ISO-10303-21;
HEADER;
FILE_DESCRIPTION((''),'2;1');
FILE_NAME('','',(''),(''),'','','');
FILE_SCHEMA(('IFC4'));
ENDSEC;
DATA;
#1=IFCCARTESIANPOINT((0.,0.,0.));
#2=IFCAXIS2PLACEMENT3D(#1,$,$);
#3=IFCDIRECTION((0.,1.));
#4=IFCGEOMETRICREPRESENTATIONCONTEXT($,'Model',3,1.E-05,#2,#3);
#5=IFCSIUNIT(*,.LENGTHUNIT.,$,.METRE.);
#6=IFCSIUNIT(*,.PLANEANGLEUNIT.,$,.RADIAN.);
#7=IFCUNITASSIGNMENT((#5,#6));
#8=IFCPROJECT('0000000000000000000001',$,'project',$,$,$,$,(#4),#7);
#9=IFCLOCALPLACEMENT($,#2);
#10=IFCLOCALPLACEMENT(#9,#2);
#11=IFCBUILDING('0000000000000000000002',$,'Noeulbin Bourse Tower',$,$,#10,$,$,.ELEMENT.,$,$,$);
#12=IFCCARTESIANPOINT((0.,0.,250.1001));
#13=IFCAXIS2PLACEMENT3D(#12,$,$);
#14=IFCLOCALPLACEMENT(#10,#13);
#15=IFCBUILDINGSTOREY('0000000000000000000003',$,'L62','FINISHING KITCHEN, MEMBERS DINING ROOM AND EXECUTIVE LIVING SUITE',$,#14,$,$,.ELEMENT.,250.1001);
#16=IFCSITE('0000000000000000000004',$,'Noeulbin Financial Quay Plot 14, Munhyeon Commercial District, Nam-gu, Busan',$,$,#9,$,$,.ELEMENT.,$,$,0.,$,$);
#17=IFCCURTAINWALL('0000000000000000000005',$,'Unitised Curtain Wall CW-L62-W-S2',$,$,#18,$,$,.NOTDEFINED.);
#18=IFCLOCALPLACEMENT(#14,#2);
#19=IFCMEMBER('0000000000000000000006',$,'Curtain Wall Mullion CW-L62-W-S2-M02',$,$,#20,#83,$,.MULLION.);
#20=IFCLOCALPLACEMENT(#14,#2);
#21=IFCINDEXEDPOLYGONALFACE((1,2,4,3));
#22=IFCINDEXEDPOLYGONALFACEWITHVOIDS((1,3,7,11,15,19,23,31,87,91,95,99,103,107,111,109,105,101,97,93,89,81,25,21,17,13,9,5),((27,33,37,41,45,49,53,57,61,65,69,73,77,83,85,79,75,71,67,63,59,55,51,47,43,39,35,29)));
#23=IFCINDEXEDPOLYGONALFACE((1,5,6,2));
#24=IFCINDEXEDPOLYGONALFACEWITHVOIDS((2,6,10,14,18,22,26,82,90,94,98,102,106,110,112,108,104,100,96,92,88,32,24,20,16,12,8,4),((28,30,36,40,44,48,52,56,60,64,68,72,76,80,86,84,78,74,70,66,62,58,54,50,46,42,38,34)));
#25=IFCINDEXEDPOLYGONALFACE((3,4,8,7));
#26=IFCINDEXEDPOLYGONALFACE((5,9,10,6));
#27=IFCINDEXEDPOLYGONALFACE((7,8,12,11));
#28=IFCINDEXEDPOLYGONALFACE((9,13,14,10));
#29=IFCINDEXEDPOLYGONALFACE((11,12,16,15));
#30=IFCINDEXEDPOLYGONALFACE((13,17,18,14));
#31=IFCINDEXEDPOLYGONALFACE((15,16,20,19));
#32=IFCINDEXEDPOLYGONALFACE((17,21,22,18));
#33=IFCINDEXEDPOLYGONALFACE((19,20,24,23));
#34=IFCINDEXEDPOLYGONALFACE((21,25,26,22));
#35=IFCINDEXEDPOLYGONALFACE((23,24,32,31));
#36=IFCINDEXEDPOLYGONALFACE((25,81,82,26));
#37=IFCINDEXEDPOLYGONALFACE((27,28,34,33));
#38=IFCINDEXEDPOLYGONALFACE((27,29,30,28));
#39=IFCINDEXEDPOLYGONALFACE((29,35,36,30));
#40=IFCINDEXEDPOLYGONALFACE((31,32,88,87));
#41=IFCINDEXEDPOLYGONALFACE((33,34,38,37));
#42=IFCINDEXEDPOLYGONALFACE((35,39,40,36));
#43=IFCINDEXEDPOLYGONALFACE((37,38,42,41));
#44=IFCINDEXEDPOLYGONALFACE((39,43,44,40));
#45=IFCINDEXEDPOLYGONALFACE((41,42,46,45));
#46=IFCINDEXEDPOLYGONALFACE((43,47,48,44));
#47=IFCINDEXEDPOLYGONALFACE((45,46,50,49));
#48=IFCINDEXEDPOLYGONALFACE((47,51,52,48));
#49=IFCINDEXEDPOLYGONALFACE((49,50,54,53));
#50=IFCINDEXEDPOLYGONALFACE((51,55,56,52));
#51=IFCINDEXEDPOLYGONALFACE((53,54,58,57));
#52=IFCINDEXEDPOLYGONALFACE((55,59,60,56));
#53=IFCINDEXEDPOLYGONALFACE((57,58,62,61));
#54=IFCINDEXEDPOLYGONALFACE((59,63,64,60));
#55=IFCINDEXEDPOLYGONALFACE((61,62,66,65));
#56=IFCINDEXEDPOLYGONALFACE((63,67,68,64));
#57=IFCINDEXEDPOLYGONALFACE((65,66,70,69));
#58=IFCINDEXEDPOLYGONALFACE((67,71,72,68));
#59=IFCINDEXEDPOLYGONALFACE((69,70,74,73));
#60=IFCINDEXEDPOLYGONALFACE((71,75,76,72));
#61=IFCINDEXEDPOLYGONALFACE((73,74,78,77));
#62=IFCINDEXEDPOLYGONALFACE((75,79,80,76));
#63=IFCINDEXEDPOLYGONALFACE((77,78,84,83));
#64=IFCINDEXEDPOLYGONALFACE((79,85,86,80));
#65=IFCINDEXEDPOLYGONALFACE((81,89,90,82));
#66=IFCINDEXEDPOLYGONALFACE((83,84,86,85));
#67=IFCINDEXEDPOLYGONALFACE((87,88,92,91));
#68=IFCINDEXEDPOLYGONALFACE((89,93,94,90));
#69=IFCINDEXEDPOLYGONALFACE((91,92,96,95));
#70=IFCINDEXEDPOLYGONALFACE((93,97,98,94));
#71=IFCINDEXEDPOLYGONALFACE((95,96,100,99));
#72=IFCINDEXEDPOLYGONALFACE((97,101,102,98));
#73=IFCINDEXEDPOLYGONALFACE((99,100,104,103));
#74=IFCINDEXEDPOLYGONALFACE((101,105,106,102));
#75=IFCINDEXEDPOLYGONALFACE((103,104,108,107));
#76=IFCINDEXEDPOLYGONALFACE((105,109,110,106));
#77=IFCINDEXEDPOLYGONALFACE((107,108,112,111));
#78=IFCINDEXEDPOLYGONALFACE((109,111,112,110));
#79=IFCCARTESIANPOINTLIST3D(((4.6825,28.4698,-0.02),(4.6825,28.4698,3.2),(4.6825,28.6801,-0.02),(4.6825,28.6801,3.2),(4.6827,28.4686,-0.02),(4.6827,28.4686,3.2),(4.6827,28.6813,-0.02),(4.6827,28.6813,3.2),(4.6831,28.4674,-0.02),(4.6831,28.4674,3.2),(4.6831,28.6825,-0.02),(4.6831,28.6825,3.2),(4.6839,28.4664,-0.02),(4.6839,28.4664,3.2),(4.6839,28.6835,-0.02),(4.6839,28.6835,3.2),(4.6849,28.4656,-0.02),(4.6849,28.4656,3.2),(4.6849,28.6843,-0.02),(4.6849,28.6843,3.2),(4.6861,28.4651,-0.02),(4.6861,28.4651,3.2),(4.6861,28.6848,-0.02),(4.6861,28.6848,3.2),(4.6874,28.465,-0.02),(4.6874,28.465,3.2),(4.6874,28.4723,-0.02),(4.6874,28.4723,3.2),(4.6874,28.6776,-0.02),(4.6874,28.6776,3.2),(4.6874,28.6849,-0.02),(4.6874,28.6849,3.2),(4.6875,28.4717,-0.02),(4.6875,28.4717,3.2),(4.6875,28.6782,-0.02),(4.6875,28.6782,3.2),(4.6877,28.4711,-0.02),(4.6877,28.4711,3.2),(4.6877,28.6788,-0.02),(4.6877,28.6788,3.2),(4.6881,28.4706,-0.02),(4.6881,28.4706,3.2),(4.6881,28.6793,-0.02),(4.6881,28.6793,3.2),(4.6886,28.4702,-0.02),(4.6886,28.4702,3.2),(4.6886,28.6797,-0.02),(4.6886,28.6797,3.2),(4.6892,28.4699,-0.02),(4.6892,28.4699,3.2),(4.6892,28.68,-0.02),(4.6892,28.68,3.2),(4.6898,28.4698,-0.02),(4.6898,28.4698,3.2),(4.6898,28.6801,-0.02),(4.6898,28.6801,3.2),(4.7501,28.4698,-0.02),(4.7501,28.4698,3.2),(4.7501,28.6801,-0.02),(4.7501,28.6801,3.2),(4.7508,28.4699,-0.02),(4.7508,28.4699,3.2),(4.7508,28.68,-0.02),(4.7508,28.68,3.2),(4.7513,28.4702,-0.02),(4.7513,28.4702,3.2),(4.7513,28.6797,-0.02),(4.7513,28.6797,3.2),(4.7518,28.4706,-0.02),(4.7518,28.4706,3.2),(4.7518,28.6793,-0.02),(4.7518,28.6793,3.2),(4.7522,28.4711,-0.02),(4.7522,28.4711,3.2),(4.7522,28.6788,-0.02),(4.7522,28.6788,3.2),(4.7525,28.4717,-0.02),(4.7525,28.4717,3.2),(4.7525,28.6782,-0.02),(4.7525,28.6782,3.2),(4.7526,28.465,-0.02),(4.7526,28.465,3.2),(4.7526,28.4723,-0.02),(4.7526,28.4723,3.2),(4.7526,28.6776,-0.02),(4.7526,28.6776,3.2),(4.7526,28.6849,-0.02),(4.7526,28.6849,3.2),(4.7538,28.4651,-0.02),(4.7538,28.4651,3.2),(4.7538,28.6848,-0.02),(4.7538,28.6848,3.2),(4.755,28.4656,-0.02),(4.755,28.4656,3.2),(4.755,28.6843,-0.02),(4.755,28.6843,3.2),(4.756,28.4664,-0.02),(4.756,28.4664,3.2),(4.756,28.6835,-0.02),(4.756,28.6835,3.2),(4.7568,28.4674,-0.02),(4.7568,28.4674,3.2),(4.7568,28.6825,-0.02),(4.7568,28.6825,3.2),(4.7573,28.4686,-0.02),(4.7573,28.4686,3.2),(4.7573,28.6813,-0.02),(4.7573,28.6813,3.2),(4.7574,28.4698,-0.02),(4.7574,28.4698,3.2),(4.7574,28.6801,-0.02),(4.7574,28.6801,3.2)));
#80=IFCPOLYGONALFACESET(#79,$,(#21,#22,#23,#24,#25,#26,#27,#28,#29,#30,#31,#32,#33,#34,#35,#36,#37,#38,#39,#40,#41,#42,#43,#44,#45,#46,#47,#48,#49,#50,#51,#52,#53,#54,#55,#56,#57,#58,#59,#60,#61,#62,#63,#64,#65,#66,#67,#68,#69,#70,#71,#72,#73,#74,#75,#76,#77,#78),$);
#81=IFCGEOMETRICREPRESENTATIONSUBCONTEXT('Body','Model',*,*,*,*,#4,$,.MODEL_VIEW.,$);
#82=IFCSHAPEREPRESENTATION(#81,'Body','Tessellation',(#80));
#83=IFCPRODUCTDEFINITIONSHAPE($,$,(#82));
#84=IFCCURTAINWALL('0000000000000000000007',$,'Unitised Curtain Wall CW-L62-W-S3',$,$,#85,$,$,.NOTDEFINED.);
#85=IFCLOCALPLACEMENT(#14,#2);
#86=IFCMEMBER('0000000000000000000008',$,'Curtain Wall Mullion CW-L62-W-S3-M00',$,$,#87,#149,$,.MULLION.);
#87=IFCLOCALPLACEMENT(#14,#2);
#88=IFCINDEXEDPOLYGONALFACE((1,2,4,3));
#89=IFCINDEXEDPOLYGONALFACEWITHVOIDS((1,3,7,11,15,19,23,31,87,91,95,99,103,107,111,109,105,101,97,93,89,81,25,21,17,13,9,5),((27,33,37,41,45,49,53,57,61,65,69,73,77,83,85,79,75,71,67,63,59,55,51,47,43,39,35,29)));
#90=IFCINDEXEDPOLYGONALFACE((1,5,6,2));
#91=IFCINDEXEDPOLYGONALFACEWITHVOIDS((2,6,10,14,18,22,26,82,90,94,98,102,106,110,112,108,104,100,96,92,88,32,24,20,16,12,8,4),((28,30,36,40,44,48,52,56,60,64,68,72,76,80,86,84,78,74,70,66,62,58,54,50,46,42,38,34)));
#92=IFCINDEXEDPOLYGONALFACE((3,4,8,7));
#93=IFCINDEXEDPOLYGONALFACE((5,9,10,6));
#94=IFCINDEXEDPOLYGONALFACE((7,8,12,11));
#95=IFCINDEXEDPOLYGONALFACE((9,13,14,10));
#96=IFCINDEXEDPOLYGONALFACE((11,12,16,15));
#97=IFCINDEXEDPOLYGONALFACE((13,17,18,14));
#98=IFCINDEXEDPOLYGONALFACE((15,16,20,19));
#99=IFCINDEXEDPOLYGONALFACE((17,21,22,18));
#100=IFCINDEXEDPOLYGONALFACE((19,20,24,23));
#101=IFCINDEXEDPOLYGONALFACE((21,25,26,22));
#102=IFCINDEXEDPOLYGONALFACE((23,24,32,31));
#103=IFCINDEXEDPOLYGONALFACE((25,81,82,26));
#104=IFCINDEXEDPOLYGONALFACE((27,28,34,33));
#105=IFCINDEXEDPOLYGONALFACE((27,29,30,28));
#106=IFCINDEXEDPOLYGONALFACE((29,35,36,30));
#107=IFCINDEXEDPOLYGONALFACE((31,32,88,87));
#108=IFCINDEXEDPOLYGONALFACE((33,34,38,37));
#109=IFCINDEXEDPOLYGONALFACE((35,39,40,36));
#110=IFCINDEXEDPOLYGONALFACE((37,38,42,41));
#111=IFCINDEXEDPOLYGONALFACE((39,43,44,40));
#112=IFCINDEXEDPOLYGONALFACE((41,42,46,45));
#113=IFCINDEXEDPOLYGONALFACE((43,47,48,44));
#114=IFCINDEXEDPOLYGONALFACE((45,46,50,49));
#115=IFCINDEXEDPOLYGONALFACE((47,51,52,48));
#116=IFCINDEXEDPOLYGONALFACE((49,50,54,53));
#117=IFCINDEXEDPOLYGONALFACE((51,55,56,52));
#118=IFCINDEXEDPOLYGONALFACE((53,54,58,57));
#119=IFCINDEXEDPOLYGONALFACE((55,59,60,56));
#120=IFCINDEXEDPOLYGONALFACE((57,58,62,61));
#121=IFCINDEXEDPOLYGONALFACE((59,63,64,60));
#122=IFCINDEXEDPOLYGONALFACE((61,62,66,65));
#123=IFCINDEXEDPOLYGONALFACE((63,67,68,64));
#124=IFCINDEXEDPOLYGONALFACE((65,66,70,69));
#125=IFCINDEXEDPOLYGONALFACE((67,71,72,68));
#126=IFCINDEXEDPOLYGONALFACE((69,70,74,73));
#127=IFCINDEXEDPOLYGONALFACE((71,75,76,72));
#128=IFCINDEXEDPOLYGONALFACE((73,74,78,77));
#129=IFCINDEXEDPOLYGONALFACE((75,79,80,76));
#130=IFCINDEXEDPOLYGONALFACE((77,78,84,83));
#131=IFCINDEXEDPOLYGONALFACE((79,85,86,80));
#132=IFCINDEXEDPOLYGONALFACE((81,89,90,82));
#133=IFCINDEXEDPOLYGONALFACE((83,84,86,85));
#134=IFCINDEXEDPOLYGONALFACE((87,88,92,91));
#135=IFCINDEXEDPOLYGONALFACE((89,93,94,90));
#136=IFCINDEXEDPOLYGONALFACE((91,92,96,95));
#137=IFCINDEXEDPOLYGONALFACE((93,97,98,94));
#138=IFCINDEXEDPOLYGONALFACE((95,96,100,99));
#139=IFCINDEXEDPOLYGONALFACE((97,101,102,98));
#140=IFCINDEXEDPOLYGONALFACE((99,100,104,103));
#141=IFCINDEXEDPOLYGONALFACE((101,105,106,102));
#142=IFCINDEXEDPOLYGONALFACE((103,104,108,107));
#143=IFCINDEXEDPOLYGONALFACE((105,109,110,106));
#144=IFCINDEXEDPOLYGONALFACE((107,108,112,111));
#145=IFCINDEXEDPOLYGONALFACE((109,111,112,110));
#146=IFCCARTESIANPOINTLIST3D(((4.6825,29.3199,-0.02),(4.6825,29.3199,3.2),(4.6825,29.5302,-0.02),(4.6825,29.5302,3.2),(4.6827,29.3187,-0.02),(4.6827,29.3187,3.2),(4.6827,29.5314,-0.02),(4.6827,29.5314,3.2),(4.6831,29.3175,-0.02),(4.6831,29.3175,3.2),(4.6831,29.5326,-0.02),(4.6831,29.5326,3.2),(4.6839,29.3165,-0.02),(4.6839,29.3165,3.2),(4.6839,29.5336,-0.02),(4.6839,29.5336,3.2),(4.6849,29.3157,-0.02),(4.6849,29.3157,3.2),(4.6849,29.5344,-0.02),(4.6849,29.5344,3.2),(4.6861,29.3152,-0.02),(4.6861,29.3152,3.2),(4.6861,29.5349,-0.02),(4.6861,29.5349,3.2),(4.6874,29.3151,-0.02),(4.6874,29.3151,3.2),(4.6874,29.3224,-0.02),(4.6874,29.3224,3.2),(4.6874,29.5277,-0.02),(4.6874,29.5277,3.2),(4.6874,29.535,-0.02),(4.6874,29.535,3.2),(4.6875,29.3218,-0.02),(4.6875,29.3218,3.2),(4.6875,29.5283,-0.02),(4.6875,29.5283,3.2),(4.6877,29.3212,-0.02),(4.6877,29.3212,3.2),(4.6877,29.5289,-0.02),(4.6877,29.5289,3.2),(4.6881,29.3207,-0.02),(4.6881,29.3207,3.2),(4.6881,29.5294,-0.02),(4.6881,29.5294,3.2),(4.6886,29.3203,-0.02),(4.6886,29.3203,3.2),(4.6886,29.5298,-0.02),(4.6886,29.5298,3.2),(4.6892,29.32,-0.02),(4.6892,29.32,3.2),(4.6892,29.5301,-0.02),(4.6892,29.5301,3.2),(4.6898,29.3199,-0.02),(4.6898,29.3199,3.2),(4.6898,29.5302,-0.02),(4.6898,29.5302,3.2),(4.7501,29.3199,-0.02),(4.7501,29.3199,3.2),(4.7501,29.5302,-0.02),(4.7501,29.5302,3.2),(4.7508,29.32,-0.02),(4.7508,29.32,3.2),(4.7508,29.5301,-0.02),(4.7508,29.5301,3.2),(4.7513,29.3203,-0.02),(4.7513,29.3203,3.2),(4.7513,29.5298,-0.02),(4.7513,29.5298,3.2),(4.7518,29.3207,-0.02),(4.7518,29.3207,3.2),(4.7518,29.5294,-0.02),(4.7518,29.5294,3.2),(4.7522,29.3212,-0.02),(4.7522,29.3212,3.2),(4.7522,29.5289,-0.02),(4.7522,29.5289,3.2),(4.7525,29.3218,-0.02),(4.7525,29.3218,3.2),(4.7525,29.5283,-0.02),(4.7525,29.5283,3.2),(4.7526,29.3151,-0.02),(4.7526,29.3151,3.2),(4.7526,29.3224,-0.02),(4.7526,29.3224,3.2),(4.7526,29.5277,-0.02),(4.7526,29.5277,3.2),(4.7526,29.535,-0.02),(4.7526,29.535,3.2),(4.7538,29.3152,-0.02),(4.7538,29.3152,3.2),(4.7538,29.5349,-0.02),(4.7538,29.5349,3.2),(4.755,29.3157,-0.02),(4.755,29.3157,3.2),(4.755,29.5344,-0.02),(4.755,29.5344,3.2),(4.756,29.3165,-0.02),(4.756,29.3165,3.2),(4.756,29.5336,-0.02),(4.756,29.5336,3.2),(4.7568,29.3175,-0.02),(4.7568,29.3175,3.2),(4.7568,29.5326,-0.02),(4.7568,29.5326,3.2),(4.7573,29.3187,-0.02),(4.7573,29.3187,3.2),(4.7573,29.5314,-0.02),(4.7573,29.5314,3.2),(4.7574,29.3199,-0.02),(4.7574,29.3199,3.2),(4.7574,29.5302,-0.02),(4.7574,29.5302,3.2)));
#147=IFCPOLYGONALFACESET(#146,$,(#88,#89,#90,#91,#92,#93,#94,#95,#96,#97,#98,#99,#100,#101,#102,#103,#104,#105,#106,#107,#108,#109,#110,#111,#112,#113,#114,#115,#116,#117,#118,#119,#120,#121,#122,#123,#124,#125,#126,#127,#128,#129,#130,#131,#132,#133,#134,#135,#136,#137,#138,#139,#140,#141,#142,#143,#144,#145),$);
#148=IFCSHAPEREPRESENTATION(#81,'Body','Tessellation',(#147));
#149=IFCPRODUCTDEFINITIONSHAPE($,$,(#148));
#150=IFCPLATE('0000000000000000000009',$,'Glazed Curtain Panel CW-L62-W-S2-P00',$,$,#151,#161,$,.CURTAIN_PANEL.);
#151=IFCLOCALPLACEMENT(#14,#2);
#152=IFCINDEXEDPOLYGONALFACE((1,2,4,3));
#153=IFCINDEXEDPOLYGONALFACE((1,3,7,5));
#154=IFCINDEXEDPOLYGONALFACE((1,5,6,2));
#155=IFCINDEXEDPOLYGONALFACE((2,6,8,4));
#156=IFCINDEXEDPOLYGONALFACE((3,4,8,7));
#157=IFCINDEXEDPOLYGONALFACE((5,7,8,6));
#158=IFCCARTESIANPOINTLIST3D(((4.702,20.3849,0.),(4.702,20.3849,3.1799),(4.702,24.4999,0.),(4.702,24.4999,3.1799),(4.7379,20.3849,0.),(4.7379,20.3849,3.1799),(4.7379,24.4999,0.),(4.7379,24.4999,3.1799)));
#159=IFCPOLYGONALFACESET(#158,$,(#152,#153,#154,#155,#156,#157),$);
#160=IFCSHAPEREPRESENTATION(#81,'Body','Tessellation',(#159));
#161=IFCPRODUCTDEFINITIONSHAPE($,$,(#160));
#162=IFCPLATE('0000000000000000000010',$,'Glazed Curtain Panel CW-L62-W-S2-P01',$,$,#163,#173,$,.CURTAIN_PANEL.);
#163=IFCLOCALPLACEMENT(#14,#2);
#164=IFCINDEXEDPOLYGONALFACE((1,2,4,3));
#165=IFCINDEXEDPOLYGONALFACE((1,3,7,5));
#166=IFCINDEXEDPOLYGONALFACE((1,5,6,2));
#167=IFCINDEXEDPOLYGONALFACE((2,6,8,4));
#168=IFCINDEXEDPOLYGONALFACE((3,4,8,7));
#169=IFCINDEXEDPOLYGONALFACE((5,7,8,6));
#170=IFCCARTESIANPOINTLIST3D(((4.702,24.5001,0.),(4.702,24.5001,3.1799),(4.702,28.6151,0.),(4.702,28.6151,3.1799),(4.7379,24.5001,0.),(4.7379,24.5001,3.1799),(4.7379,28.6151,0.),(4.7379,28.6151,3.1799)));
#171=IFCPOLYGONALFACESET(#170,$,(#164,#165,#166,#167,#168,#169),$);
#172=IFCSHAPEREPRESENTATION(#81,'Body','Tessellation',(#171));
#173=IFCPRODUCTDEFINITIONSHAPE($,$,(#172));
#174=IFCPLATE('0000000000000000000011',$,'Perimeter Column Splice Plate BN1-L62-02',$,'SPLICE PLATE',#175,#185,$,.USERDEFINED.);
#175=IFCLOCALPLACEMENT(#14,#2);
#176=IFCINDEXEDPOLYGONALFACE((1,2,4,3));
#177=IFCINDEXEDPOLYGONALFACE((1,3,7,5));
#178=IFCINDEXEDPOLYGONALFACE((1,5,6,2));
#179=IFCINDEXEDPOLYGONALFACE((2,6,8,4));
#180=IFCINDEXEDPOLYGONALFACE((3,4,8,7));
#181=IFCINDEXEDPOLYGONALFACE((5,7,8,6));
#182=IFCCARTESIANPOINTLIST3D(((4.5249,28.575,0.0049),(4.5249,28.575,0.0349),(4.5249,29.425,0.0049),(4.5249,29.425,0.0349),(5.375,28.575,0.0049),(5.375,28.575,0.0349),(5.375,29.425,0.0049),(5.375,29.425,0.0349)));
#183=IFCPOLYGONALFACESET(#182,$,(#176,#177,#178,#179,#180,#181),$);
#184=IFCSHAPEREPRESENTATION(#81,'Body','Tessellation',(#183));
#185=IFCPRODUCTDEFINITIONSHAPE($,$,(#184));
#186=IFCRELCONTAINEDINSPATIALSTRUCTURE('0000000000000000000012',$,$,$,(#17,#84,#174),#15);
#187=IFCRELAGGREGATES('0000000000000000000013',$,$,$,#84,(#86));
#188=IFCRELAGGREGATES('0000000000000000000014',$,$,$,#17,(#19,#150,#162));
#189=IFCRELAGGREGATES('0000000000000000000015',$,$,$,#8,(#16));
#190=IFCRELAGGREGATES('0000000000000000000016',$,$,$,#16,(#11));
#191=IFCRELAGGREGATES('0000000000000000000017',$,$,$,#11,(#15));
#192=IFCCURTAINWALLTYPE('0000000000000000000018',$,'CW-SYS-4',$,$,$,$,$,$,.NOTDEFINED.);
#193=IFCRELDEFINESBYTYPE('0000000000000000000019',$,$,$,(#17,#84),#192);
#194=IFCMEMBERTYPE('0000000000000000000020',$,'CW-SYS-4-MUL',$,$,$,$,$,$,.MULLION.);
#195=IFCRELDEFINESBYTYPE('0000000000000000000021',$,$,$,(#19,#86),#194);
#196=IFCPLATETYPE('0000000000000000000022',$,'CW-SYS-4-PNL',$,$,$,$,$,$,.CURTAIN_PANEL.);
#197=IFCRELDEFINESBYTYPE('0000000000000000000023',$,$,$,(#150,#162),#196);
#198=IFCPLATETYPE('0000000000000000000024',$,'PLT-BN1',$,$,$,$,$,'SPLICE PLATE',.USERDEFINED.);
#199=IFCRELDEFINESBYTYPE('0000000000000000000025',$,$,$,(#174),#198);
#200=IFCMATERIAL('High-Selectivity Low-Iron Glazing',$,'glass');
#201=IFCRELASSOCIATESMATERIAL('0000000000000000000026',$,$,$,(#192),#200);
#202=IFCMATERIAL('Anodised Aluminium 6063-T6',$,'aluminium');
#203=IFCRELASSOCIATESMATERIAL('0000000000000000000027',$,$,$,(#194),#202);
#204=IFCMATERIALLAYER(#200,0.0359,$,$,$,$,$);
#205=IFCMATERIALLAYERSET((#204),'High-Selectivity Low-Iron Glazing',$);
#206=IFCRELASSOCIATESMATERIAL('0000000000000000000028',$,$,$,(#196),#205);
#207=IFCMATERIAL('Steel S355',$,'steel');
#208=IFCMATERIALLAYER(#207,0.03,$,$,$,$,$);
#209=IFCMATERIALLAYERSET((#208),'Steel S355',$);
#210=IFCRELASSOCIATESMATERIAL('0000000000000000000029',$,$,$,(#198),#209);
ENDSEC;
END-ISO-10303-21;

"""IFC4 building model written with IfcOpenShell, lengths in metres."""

from ifc_helpers import new_model, si_unit, direction, frame, origin, origin_2d, place, context, subcontext, project, spatial, rectangle, hollow_rectangle, extrude, material, layer, layer_set, material_profile, profile_set, type_object, element, aggregate, save


model = new_model("IFC4")

# Units and contexts
model_context = context("Model", 3, precision=1e-05, world=origin(), true_north=direction((0.0, 1.0)))
body_context = subcontext(model_context, "Body", "Model", "MODEL_VIEW")
ifc_project = project(units=[si_unit("LENGTHUNIT", "METRE"), si_unit("PLANEANGLEUNIT", "RADIAN")], contexts=[model_context])

# Site, building, storey
site_placement = place(None, origin())
site = spatial("IfcSite", under=ifc_project, at=site_placement, Name="Noeulbin Financial Quay Plot 14, Munhyeon Commercial District, Nam-gu, Busan", CompositionType="ELEMENT", RefElevation=0.0)
building_placement = place(site_placement, origin())
building = spatial("IfcBuilding", under=site, at=building_placement, Name="Noeulbin Bourse Tower", CompositionType="ELEMENT")
storey_placement = place(building_placement, frame((0.0, 0.0, 250.1001)))
storey = spatial("IfcBuildingStorey", under=building, at=storey_placement, Name="L62", Description="FINISHING KITCHEN, MEMBERS DINING ROOM AND EXECUTIVE LIVING SUITE", CompositionType="ELEMENT", Elevation=250.1001)

# Shared definitions
ifc_material_1 = material(Name="Steel S355", Category="steel")

# Curtain wall, member
ifc_material_2 = material(Name="High-Selectivity Low-Iron Glazing", Category="glass")
curtain_wall_type = type_object("IfcCurtainWallType", Name="CW-SYS-4", PredefinedType="NOTDEFINED", material=ifc_material_2)
curtain_wall_1_placement = place(storey_placement, origin())
curtain_wall_1 = element("IfcCurtainWall", 1, at=curtain_wall_1_placement, inside=storey, type_object=curtain_wall_type, Name="Unitised Curtain Wall CW-L62-W-S2", PredefinedType="NOTDEFINED")
ifc_material_3 = material(Name="Anodised Aluminium 6063-T6", Category="aluminium")
ifc_material_profile_1 = material_profile(ifc_material_3, hollow_rectangle(XDim=0.075, YDim=0.22, WallThickness=0.0049, InnerFilletRadius=0.0024, OuterFilletRadius=0.0049, at=origin_2d()), Name="ALU-MULL-75x220x5", Category="LoadBearing")
ifc_profile_set_1 = profile_set([ifc_material_profile_1], Name="Anodised Aluminium 6063-T6")
member_type = type_object("IfcMemberType", Name="CW-SYS-4-MUL", PredefinedType="MULLION", material=ifc_profile_set_1)
member_1_placement = place(storey_placement, frame((4.72, 28.575, -0.02), z_axis=(0.0, 0.0, 1.0), x_axis=(1.0, 0.0, 0.0)))
member_1 = element("IfcMember", 2, at=member_1_placement, type_object=member_type, Name="Curtain Wall Mullion CW-L62-W-S2-M02", PredefinedType="MULLION", context=body_context, shape_type="SweptSolid", body=[
    extrude(hollow_rectangle(XDim=0.075, YDim=0.22, WallThickness=0.0049, InnerFilletRadius=0.0024, OuterFilletRadius=0.0049, at=origin_2d()), origin(), (0.0, 0.0, 1.0), 3.22),
])

# Curtain wall, member
curtain_wall_2_placement = place(storey_placement, origin())
curtain_wall_2 = element("IfcCurtainWall", 3, at=curtain_wall_2_placement, inside=storey, type_object=curtain_wall_type, Name="Unitised Curtain Wall CW-L62-W-S3", PredefinedType="NOTDEFINED")
member_2_placement = place(storey_placement, frame((4.72, 29.425, -0.02), z_axis=(0.0, 0.0, 1.0), x_axis=(1.0, 0.0, 0.0)))
member_2 = element("IfcMember", 4, at=member_2_placement, type_object=member_type, Name="Curtain Wall Mullion CW-L62-W-S3-M00", PredefinedType="MULLION", context=body_context, shape_type="SweptSolid", body=[
    extrude(hollow_rectangle(XDim=0.075, YDim=0.22, WallThickness=0.0049, InnerFilletRadius=0.0024, OuterFilletRadius=0.0049, at=origin_2d()), origin(), (0.0, 0.0, 1.0), 3.22),
])
aggregate(curtain_wall_2, [member_2])

# Plates
ifc_layer_1 = layer(ifc_material_2, 0.0359)
ifc_layer_set_1 = layer_set([ifc_layer_1], Name="High-Selectivity Low-Iron Glazing")
plate_type_1 = type_object("IfcPlateType", Name="CW-SYS-4-PNL", PredefinedType="CURTAIN_PANEL", material=ifc_layer_set_1)
plate_1_placement = place(storey_placement, frame((4.72, 22.4424, 0.0), z_axis=(0.0, 0.0, 1.0), x_axis=(0.0, 1.0, 0.0)))
plate_1 = element("IfcPlate", 5, at=plate_1_placement, type_object=plate_type_1, Name="Glazed Curtain Panel CW-L62-W-S2-P00", PredefinedType="CURTAIN_PANEL", context=body_context, shape_type="SweptSolid", body=[
    extrude(rectangle(XDim=4.115, YDim=0.0359, at=origin_2d()), origin(), (0.0, 0.0, 1.0), 3.1799),
])
plate_2_placement = place(storey_placement, frame((4.72, 26.5576, 0.0), z_axis=(0.0, 0.0, 1.0), x_axis=(0.0, 1.0, 0.0)))
plate_2 = element("IfcPlate", 6, at=plate_2_placement, type_object=plate_type_1, Name="Glazed Curtain Panel CW-L62-W-S2-P01", PredefinedType="CURTAIN_PANEL", context=body_context, shape_type="SweptSolid", body=[
    extrude(rectangle(XDim=4.115, YDim=0.0359, at=origin_2d()), origin(), (0.0, 0.0, 1.0), 3.1799),
])
aggregate(curtain_wall_1, [member_1, plate_1, plate_2])
ifc_layer_2 = layer(ifc_material_1, 0.03)
ifc_layer_set_2 = layer_set([ifc_layer_2], Name="Steel S355")
plate_type_2 = type_object("IfcPlateType", Name="PLT-BN1", ElementType="SPLICE PLATE", PredefinedType="USERDEFINED", material=ifc_layer_set_2)
plate_3_placement = place(storey_placement, frame((4.95, 29.0, 0.0049), z_axis=(0.0, 0.0, 1.0), x_axis=(1.0, 0.0, 0.0)))
element("IfcPlate", 7, at=plate_3_placement, inside=storey, type_object=plate_type_2, Name="Perimeter Column Splice Plate BN1-L62-02", ObjectType="SPLICE PLATE", PredefinedType="USERDEFINED", context=body_context, shape_type="SweptSolid", body=[
    extrude(rectangle(XDim=0.8501, YDim=0.8501, at=origin_2d()), origin(), (0.0, 0.0, 1.0), 0.03),
])

save(model, "model.ifc")
